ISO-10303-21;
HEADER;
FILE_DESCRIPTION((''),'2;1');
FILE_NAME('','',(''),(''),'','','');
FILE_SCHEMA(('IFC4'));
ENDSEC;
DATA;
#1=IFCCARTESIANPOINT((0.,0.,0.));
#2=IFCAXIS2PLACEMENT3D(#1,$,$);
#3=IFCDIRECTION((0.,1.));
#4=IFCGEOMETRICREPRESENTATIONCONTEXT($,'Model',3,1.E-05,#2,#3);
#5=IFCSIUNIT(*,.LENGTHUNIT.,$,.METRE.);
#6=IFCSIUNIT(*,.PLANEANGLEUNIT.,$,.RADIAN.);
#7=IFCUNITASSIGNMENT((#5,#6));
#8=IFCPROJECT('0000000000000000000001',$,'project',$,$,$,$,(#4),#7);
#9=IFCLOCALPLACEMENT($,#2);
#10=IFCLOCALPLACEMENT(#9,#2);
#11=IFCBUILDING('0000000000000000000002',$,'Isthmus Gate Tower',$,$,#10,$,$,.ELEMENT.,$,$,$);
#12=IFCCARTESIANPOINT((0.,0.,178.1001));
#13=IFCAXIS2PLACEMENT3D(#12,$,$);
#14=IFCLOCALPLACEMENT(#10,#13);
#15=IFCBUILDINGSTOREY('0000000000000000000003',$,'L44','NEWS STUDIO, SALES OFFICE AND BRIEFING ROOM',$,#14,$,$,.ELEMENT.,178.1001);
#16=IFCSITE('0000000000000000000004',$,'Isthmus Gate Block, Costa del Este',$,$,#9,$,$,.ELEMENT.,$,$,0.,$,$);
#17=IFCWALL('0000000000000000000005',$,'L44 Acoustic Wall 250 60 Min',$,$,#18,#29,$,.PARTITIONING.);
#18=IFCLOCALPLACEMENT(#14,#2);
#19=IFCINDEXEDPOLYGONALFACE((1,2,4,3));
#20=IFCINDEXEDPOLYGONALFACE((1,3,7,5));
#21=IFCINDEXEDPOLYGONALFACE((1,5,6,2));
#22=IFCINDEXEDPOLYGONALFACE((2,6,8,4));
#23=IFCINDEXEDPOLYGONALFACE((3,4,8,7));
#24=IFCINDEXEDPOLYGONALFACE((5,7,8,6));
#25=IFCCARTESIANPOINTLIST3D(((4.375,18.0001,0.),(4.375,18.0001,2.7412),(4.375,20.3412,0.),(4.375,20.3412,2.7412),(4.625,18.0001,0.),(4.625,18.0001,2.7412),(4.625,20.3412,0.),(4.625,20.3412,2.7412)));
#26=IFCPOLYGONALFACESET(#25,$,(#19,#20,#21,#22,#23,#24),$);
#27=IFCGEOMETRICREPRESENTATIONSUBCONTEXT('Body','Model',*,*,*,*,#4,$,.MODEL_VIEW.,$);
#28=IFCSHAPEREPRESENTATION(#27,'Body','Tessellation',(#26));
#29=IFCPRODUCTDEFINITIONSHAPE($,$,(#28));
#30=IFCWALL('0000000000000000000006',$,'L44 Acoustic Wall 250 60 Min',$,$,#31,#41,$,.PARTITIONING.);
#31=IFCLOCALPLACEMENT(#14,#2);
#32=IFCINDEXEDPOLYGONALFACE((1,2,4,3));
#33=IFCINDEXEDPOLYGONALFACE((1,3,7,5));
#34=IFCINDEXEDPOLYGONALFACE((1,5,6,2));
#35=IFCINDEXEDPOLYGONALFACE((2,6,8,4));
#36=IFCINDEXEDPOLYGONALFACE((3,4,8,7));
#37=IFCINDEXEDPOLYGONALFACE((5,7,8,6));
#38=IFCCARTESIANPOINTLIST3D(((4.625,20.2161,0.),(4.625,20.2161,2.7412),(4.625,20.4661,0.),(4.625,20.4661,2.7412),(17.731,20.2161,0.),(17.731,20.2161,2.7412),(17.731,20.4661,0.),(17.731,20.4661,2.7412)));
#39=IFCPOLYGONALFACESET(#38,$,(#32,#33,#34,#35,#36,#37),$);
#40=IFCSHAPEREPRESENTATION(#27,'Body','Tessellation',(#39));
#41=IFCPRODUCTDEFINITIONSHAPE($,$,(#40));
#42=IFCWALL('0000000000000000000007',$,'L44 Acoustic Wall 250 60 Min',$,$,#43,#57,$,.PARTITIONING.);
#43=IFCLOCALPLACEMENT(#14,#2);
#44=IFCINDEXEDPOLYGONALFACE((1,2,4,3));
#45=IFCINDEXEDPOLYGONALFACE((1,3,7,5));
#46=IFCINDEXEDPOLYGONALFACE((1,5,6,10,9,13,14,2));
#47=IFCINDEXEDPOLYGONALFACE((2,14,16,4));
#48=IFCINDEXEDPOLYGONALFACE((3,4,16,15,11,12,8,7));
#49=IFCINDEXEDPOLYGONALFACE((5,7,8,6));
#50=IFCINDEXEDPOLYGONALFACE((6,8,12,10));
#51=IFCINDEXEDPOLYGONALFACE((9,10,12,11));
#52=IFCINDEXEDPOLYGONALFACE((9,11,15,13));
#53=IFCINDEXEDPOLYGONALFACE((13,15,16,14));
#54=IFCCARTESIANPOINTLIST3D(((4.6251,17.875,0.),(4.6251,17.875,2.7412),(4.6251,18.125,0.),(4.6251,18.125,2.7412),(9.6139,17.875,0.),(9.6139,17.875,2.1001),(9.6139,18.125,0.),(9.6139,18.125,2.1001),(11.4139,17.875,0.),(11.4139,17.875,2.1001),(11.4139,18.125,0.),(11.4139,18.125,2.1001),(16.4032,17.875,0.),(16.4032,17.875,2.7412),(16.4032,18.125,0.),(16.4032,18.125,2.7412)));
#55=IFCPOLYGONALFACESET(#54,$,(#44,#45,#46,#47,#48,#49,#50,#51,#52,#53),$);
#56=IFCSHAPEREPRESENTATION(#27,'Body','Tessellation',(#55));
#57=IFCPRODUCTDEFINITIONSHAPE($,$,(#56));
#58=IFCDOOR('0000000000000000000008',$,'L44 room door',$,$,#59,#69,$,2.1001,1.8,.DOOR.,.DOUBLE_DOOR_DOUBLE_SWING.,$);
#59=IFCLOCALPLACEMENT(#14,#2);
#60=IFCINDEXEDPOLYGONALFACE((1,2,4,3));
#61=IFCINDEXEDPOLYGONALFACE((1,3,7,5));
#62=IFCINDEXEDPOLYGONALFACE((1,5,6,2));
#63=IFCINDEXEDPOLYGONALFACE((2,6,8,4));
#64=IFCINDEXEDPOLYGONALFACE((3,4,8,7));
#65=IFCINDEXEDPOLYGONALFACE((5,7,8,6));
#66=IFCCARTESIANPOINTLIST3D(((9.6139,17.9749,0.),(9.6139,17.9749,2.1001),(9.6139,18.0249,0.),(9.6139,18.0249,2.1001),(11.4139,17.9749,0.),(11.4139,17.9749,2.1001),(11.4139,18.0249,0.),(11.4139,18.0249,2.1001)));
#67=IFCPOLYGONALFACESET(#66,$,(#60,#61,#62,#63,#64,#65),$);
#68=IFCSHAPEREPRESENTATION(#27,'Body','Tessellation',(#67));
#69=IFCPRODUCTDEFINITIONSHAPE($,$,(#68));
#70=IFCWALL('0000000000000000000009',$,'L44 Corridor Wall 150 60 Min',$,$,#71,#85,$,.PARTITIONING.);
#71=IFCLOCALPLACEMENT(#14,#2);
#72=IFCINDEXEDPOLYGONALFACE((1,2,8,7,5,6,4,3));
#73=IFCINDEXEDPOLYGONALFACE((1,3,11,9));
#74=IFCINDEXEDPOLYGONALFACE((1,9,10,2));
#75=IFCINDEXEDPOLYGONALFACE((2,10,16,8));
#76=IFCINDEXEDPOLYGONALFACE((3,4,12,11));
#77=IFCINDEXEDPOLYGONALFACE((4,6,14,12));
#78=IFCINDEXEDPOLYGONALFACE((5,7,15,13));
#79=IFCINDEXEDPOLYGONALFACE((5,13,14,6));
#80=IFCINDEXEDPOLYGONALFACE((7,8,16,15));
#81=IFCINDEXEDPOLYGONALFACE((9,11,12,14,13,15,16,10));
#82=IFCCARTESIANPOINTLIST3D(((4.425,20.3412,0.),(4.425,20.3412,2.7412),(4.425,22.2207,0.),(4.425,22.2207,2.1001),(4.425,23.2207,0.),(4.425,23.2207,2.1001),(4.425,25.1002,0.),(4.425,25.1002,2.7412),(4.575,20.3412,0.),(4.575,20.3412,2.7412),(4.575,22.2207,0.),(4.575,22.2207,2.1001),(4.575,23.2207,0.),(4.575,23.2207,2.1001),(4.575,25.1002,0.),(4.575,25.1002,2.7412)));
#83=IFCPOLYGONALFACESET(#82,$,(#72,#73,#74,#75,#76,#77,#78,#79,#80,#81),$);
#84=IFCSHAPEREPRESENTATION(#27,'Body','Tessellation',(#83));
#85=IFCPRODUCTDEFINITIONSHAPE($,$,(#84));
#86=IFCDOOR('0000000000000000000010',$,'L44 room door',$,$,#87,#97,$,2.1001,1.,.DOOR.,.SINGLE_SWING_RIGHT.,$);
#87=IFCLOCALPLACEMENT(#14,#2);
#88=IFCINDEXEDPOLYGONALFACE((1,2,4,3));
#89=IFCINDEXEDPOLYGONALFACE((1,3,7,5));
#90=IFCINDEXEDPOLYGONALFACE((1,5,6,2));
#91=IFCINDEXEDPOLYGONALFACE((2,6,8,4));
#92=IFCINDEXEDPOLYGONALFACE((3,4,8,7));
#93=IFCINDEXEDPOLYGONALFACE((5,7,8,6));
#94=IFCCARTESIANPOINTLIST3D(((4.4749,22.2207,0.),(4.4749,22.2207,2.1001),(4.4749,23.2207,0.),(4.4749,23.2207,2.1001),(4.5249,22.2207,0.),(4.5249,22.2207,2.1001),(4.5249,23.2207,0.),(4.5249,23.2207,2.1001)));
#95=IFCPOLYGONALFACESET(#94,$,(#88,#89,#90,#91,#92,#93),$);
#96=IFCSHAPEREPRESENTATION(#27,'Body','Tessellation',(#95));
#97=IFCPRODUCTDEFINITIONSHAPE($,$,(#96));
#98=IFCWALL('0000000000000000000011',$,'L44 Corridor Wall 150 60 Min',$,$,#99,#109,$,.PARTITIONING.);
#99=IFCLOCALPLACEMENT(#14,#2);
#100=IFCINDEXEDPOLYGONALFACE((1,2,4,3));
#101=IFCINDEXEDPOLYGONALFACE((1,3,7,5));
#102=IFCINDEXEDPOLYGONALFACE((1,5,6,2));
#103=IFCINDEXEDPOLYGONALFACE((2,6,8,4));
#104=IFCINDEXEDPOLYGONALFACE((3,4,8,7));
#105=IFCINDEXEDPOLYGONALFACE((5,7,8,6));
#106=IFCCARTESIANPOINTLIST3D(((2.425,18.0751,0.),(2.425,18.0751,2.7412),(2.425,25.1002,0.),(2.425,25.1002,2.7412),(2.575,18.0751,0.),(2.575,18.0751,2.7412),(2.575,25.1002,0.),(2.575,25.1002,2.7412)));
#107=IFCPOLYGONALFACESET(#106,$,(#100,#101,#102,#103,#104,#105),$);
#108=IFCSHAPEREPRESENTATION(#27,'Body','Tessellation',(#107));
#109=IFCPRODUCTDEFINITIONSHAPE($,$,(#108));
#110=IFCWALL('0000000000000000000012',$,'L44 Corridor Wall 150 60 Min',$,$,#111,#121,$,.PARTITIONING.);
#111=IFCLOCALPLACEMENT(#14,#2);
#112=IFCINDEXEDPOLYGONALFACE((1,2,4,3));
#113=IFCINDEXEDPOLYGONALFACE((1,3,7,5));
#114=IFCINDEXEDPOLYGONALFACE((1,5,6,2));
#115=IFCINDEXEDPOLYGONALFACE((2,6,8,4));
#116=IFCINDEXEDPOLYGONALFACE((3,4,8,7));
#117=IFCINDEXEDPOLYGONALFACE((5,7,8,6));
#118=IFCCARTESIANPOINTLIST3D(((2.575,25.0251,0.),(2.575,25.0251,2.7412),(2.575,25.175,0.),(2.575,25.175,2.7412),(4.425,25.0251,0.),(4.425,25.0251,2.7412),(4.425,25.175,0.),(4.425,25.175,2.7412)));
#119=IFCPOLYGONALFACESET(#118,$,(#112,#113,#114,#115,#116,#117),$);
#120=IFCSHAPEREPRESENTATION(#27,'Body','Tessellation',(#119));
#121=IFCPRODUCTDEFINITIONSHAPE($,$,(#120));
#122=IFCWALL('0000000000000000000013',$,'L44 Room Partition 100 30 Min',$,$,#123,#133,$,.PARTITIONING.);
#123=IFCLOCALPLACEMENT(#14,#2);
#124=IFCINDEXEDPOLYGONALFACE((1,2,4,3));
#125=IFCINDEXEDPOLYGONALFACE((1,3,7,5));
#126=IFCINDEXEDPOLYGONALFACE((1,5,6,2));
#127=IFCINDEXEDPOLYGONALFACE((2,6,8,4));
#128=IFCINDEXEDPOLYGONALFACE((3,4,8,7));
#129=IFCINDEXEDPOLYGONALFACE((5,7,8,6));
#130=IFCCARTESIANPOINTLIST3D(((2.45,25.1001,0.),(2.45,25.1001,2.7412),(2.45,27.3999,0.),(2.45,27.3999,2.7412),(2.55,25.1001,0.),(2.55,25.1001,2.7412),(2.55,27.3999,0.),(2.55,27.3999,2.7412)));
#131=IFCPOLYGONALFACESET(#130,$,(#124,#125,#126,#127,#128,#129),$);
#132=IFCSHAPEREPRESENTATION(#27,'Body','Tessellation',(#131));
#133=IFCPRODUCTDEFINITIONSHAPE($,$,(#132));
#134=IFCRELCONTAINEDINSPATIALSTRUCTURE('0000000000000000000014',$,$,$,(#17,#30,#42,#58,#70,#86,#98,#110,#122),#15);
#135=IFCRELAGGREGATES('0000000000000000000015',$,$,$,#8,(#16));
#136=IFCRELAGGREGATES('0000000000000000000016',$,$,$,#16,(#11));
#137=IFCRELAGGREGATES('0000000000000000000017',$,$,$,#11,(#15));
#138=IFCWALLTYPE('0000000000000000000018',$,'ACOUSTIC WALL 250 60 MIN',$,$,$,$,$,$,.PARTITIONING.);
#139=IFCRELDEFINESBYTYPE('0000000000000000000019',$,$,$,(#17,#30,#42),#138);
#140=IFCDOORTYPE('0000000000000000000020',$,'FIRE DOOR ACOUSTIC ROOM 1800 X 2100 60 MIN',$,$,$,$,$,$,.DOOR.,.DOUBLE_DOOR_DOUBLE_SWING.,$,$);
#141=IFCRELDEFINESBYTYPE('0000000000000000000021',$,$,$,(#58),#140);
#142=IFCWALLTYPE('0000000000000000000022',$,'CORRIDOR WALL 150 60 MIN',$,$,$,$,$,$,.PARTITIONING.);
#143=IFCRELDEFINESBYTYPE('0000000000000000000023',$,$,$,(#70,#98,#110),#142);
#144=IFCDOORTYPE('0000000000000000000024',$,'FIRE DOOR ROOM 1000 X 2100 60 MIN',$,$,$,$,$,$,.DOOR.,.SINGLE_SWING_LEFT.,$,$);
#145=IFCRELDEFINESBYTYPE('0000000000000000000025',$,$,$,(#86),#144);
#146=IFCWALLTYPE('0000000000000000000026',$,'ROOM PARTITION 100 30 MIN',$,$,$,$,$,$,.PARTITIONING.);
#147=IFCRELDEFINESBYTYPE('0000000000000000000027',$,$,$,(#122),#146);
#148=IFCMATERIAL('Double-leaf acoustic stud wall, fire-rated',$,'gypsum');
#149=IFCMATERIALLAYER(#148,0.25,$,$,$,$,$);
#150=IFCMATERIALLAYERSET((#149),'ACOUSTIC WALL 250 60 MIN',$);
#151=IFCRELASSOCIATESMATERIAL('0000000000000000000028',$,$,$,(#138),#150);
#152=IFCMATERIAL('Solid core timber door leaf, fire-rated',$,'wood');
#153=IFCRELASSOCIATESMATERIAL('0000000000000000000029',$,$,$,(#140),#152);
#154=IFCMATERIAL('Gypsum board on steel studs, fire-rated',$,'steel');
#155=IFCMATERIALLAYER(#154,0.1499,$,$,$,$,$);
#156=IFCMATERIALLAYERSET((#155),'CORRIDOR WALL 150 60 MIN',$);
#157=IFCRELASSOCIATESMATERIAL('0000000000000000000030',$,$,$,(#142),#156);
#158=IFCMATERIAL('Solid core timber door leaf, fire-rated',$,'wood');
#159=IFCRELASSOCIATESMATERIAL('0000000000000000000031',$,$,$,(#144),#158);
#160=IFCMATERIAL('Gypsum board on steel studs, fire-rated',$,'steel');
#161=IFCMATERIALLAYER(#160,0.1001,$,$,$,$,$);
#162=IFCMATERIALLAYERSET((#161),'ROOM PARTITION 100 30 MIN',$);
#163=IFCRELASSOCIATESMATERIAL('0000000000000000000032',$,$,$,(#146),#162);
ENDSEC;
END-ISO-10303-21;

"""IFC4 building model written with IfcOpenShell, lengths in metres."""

from ifc_helpers import new_model, si_unit, direction, frame, frame_2d, origin, place, context, subcontext, project, spatial, rectangle, extrude, material, layer, layer_set, type_object, element, fill, save


model = new_model("IFC4")

# Units and contexts
model_context = context("Model", 3, precision=1e-05, world=origin(), true_north=direction((0.0, 1.0)))
body_context = subcontext(model_context, "Body", "Model", "MODEL_VIEW")
ifc_project = project(units=[si_unit("LENGTHUNIT", "METRE"), si_unit("PLANEANGLEUNIT", "RADIAN")], contexts=[model_context])

# Site, building, storey
site_placement = place(None, origin())
site = spatial("IfcSite", under=ifc_project, at=site_placement, Name="Isthmus Gate Block, Costa del Este", CompositionType="ELEMENT", RefElevation=0.0)
building_placement = place(site_placement, origin())
building = spatial("IfcBuilding", under=site, at=building_placement, Name="Isthmus Gate Tower", CompositionType="ELEMENT")
storey_placement = place(building_placement, frame((0.0, 0.0, 178.1001)))
storey = spatial("IfcBuildingStorey", under=building, at=storey_placement, Name="L44", Description="NEWS STUDIO, SALES OFFICE AND BRIEFING ROOM", CompositionType="ELEMENT", Elevation=178.1001)

# Walls
ifc_material_1 = material(Name="Double-leaf acoustic stud wall, fire-rated", Category="gypsum")
ifc_layer_1 = layer(ifc_material_1, 0.25)
ifc_layer_set_1 = layer_set([ifc_layer_1], Name="ACOUSTIC WALL 250 60 MIN")
wall_type_1 = type_object("IfcWallType", Name="ACOUSTIC WALL 250 60 MIN", PredefinedType="PARTITIONING", material=ifc_layer_set_1)
wall_1_placement = place(storey_placement, frame((4.5, 20.3411, 0.0), z_axis=(0.0, 0.0, 1.0), x_axis=(0.0, -1.0, 0.0)))
element("IfcWall", 1, at=wall_1_placement, inside=storey, type_object=wall_type_1, Name="L44 Acoustic Wall 250 60 Min", PredefinedType="PARTITIONING", context=body_context, shape_type="SweptSolid", body=[
    extrude(rectangle(XDim=2.3411, YDim=0.25, at=frame_2d((1.1704, 0.0))), origin(), (0.0, 0.0, 1.0), 2.7412),
])
wall_2_placement = place(storey_placement, frame((4.625, 20.3411, 0.0), z_axis=(0.0, 0.0, 1.0), x_axis=(1.0, 0.0, 0.0)))
element("IfcWall", 2, at=wall_2_placement, inside=storey, type_object=wall_type_1, Name="L44 Acoustic Wall 250 60 Min", PredefinedType="PARTITIONING", context=body_context, shape_type="SweptSolid", body=[
    extrude(rectangle(XDim=13.106, YDim=0.25, at=frame_2d((6.553, 0.0))), origin(), (0.0, 0.0, 1.0), 2.7412),
])

# Walls, openings, doors
wall_3_placement = place(storey_placement, frame((4.625, 18.0, 0.0), z_axis=(0.0, 0.0, 1.0), x_axis=(1.0, 0.0, 0.0)))
wall_3 = element("IfcWall", 3, at=wall_3_placement, inside=storey, type_object=wall_type_1, Name="L44 Acoustic Wall 250 60 Min", PredefinedType="PARTITIONING", context=body_context, shape_type="SweptSolid", body=[
    extrude(rectangle(XDim=11.7781, YDim=0.25, at=frame_2d((5.8892, 0.0))), origin(), (0.0, 0.0, 1.0), 2.7412),
])
opening_1_placement = place(wall_3_placement, frame((4.989, 0.0, 0.0)))
opening_1 = element("IfcOpeningElement", 4, at=opening_1_placement, cuts=wall_3, PredefinedType="OPENING", context=body_context, shape_type="SweptSolid", body=[
    extrude(rectangle(XDim=1.8, YDim=2.1001, at=frame_2d((0.8999, 1.05))), frame((0.0, 0.135, 0.0), z_axis=(0.0, -1.0, 0.0), x_axis=(1.0, 0.0, 0.0)), (0.0, 0.0, 1.0), 0.27),
])
ifc_material_2 = material(Name="Solid core timber door leaf, fire-rated", Category="wood")
door_type_1 = type_object("IfcDoorType", Name="FIRE DOOR ACOUSTIC ROOM 1800 X 2100 60 MIN", OperationType="DOUBLE_DOOR_DOUBLE_SWING", PredefinedType="DOOR", material=ifc_material_2)
door_1_placement = place(opening_1_placement, origin())
door_1 = element("IfcDoor", 5, at=door_1_placement, inside=storey, type_object=door_type_1, Name="L44 room door", OperationType="DOUBLE_DOOR_DOUBLE_SWING", OverallHeight=2.1001, OverallWidth=1.8, PredefinedType="DOOR", context=body_context, shape_type="SweptSolid", body=[
    extrude(rectangle(XDim=1.8, YDim=2.1001, at=frame_2d((0.8999, 1.05))), frame((0.0, 0.0249, 0.0), z_axis=(0.0, -1.0, 0.0), x_axis=(1.0, 0.0, 0.0)), (0.0, 0.0, 1.0), 0.05),
])
fill(opening_1, door_1)
ifc_material_3 = material(Name="Gypsum board on steel studs, fire-rated", Category="steel")
ifc_layer_2 = layer(ifc_material_3, 0.1499)
ifc_layer_set_2 = layer_set([ifc_layer_2], Name="CORRIDOR WALL 150 60 MIN")
wall_type_2 = type_object("IfcWallType", Name="CORRIDOR WALL 150 60 MIN", PredefinedType="PARTITIONING", material=ifc_layer_set_2)
wall_4_placement = place(storey_placement, frame((4.5, 25.1001, 0.0), z_axis=(0.0, 0.0, 1.0), x_axis=(0.0, -1.0, 0.0)))
wall_4 = element("IfcWall", 6, at=wall_4_placement, inside=storey, type_object=wall_type_2, Name="L44 Corridor Wall 150 60 Min", PredefinedType="PARTITIONING", context=body_context, shape_type="SweptSolid", body=[
    extrude(rectangle(XDim=4.759, YDim=0.1499, at=frame_2d((2.3794, 0.0))), origin(), (0.0, 0.0, 1.0), 2.7412),
])
opening_2_placement = place(wall_4_placement, frame((1.8794, 0.0, 0.0)))
opening_2 = element("IfcOpeningElement", 7, at=opening_2_placement, cuts=wall_4, PredefinedType="OPENING", context=body_context, shape_type="SweptSolid", body=[
    extrude(rectangle(XDim=1.0, YDim=2.1001, at=frame_2d((0.5, 1.05))), frame((0.0, 0.085, 0.0), z_axis=(0.0, -1.0, 0.0), x_axis=(1.0, 0.0, 0.0)), (0.0, 0.0, 1.0), 0.1699),
])
ifc_material_4 = material(Name="Solid core timber door leaf, fire-rated", Category="wood")
door_type_2 = type_object("IfcDoorType", Name="FIRE DOOR ROOM 1000 X 2100 60 MIN", OperationType="SINGLE_SWING_LEFT", PredefinedType="DOOR", material=ifc_material_4)
door_2_placement = place(opening_2_placement, origin())
door_2 = element("IfcDoor", 8, at=door_2_placement, inside=storey, type_object=door_type_2, Name="L44 room door", OperationType="SINGLE_SWING_RIGHT", OverallHeight=2.1001, OverallWidth=1.0, PredefinedType="DOOR", context=body_context, shape_type="SweptSolid", body=[
    extrude(rectangle(XDim=1.0, YDim=2.1001, at=frame_2d((0.5, 1.05))), frame((0.0, 0.0249, 0.0), z_axis=(0.0, -1.0, 0.0), x_axis=(1.0, 0.0, 0.0)), (0.0, 0.0, 1.0), 0.05),
])
fill(opening_2, door_2)

# Walls
wall_5_placement = place(storey_placement, frame((2.5, 18.075, 0.0), z_axis=(0.0, 0.0, 1.0), x_axis=(0.0, 1.0, 0.0)))
element("IfcWall", 9, at=wall_5_placement, inside=storey, type_object=wall_type_2, Name="L44 Corridor Wall 150 60 Min", PredefinedType="PARTITIONING", context=body_context, shape_type="SweptSolid", body=[
    extrude(rectangle(XDim=7.0251, YDim=0.1499, at=frame_2d((3.5127, 0.0))), origin(), (0.0, 0.0, 1.0), 2.7412),
])
wall_6_placement = place(storey_placement, frame((2.575, 25.1001, 0.0), z_axis=(0.0, 0.0, 1.0), x_axis=(1.0, 0.0, 0.0)))
element("IfcWall", 10, at=wall_6_placement, inside=storey, type_object=wall_type_2, Name="L44 Corridor Wall 150 60 Min", PredefinedType="PARTITIONING", context=body_context, shape_type="SweptSolid", body=[
    extrude(rectangle(XDim=1.8501, YDim=0.1499, at=frame_2d((0.925, 0.0))), origin(), (0.0, 0.0, 1.0), 2.7412),
])
ifc_material_5 = material(Name="Gypsum board on steel studs, fire-rated", Category="steel")
ifc_layer_3 = layer(ifc_material_5, 0.1001)
ifc_layer_set_3 = layer_set([ifc_layer_3], Name="ROOM PARTITION 100 30 MIN")
wall_type_3 = type_object("IfcWallType", Name="ROOM PARTITION 100 30 MIN", PredefinedType="PARTITIONING", material=ifc_layer_set_3)
wall_7_placement = place(storey_placement, frame((2.5, 25.1001, 0.0), z_axis=(0.0, 0.0, 1.0), x_axis=(0.0, 1.0, 0.0)))
element("IfcWall", 11, at=wall_7_placement, inside=storey, type_object=wall_type_3, Name="L44 Room Partition 100 30 Min", PredefinedType="PARTITIONING", context=body_context, shape_type="SweptSolid", body=[
    extrude(rectangle(XDim=2.2998, YDim=0.1001, at=frame_2d((1.1499, 0.0))), origin(), (0.0, 0.0, 1.0), 2.7412),
])

save(model, "model.ifc")
